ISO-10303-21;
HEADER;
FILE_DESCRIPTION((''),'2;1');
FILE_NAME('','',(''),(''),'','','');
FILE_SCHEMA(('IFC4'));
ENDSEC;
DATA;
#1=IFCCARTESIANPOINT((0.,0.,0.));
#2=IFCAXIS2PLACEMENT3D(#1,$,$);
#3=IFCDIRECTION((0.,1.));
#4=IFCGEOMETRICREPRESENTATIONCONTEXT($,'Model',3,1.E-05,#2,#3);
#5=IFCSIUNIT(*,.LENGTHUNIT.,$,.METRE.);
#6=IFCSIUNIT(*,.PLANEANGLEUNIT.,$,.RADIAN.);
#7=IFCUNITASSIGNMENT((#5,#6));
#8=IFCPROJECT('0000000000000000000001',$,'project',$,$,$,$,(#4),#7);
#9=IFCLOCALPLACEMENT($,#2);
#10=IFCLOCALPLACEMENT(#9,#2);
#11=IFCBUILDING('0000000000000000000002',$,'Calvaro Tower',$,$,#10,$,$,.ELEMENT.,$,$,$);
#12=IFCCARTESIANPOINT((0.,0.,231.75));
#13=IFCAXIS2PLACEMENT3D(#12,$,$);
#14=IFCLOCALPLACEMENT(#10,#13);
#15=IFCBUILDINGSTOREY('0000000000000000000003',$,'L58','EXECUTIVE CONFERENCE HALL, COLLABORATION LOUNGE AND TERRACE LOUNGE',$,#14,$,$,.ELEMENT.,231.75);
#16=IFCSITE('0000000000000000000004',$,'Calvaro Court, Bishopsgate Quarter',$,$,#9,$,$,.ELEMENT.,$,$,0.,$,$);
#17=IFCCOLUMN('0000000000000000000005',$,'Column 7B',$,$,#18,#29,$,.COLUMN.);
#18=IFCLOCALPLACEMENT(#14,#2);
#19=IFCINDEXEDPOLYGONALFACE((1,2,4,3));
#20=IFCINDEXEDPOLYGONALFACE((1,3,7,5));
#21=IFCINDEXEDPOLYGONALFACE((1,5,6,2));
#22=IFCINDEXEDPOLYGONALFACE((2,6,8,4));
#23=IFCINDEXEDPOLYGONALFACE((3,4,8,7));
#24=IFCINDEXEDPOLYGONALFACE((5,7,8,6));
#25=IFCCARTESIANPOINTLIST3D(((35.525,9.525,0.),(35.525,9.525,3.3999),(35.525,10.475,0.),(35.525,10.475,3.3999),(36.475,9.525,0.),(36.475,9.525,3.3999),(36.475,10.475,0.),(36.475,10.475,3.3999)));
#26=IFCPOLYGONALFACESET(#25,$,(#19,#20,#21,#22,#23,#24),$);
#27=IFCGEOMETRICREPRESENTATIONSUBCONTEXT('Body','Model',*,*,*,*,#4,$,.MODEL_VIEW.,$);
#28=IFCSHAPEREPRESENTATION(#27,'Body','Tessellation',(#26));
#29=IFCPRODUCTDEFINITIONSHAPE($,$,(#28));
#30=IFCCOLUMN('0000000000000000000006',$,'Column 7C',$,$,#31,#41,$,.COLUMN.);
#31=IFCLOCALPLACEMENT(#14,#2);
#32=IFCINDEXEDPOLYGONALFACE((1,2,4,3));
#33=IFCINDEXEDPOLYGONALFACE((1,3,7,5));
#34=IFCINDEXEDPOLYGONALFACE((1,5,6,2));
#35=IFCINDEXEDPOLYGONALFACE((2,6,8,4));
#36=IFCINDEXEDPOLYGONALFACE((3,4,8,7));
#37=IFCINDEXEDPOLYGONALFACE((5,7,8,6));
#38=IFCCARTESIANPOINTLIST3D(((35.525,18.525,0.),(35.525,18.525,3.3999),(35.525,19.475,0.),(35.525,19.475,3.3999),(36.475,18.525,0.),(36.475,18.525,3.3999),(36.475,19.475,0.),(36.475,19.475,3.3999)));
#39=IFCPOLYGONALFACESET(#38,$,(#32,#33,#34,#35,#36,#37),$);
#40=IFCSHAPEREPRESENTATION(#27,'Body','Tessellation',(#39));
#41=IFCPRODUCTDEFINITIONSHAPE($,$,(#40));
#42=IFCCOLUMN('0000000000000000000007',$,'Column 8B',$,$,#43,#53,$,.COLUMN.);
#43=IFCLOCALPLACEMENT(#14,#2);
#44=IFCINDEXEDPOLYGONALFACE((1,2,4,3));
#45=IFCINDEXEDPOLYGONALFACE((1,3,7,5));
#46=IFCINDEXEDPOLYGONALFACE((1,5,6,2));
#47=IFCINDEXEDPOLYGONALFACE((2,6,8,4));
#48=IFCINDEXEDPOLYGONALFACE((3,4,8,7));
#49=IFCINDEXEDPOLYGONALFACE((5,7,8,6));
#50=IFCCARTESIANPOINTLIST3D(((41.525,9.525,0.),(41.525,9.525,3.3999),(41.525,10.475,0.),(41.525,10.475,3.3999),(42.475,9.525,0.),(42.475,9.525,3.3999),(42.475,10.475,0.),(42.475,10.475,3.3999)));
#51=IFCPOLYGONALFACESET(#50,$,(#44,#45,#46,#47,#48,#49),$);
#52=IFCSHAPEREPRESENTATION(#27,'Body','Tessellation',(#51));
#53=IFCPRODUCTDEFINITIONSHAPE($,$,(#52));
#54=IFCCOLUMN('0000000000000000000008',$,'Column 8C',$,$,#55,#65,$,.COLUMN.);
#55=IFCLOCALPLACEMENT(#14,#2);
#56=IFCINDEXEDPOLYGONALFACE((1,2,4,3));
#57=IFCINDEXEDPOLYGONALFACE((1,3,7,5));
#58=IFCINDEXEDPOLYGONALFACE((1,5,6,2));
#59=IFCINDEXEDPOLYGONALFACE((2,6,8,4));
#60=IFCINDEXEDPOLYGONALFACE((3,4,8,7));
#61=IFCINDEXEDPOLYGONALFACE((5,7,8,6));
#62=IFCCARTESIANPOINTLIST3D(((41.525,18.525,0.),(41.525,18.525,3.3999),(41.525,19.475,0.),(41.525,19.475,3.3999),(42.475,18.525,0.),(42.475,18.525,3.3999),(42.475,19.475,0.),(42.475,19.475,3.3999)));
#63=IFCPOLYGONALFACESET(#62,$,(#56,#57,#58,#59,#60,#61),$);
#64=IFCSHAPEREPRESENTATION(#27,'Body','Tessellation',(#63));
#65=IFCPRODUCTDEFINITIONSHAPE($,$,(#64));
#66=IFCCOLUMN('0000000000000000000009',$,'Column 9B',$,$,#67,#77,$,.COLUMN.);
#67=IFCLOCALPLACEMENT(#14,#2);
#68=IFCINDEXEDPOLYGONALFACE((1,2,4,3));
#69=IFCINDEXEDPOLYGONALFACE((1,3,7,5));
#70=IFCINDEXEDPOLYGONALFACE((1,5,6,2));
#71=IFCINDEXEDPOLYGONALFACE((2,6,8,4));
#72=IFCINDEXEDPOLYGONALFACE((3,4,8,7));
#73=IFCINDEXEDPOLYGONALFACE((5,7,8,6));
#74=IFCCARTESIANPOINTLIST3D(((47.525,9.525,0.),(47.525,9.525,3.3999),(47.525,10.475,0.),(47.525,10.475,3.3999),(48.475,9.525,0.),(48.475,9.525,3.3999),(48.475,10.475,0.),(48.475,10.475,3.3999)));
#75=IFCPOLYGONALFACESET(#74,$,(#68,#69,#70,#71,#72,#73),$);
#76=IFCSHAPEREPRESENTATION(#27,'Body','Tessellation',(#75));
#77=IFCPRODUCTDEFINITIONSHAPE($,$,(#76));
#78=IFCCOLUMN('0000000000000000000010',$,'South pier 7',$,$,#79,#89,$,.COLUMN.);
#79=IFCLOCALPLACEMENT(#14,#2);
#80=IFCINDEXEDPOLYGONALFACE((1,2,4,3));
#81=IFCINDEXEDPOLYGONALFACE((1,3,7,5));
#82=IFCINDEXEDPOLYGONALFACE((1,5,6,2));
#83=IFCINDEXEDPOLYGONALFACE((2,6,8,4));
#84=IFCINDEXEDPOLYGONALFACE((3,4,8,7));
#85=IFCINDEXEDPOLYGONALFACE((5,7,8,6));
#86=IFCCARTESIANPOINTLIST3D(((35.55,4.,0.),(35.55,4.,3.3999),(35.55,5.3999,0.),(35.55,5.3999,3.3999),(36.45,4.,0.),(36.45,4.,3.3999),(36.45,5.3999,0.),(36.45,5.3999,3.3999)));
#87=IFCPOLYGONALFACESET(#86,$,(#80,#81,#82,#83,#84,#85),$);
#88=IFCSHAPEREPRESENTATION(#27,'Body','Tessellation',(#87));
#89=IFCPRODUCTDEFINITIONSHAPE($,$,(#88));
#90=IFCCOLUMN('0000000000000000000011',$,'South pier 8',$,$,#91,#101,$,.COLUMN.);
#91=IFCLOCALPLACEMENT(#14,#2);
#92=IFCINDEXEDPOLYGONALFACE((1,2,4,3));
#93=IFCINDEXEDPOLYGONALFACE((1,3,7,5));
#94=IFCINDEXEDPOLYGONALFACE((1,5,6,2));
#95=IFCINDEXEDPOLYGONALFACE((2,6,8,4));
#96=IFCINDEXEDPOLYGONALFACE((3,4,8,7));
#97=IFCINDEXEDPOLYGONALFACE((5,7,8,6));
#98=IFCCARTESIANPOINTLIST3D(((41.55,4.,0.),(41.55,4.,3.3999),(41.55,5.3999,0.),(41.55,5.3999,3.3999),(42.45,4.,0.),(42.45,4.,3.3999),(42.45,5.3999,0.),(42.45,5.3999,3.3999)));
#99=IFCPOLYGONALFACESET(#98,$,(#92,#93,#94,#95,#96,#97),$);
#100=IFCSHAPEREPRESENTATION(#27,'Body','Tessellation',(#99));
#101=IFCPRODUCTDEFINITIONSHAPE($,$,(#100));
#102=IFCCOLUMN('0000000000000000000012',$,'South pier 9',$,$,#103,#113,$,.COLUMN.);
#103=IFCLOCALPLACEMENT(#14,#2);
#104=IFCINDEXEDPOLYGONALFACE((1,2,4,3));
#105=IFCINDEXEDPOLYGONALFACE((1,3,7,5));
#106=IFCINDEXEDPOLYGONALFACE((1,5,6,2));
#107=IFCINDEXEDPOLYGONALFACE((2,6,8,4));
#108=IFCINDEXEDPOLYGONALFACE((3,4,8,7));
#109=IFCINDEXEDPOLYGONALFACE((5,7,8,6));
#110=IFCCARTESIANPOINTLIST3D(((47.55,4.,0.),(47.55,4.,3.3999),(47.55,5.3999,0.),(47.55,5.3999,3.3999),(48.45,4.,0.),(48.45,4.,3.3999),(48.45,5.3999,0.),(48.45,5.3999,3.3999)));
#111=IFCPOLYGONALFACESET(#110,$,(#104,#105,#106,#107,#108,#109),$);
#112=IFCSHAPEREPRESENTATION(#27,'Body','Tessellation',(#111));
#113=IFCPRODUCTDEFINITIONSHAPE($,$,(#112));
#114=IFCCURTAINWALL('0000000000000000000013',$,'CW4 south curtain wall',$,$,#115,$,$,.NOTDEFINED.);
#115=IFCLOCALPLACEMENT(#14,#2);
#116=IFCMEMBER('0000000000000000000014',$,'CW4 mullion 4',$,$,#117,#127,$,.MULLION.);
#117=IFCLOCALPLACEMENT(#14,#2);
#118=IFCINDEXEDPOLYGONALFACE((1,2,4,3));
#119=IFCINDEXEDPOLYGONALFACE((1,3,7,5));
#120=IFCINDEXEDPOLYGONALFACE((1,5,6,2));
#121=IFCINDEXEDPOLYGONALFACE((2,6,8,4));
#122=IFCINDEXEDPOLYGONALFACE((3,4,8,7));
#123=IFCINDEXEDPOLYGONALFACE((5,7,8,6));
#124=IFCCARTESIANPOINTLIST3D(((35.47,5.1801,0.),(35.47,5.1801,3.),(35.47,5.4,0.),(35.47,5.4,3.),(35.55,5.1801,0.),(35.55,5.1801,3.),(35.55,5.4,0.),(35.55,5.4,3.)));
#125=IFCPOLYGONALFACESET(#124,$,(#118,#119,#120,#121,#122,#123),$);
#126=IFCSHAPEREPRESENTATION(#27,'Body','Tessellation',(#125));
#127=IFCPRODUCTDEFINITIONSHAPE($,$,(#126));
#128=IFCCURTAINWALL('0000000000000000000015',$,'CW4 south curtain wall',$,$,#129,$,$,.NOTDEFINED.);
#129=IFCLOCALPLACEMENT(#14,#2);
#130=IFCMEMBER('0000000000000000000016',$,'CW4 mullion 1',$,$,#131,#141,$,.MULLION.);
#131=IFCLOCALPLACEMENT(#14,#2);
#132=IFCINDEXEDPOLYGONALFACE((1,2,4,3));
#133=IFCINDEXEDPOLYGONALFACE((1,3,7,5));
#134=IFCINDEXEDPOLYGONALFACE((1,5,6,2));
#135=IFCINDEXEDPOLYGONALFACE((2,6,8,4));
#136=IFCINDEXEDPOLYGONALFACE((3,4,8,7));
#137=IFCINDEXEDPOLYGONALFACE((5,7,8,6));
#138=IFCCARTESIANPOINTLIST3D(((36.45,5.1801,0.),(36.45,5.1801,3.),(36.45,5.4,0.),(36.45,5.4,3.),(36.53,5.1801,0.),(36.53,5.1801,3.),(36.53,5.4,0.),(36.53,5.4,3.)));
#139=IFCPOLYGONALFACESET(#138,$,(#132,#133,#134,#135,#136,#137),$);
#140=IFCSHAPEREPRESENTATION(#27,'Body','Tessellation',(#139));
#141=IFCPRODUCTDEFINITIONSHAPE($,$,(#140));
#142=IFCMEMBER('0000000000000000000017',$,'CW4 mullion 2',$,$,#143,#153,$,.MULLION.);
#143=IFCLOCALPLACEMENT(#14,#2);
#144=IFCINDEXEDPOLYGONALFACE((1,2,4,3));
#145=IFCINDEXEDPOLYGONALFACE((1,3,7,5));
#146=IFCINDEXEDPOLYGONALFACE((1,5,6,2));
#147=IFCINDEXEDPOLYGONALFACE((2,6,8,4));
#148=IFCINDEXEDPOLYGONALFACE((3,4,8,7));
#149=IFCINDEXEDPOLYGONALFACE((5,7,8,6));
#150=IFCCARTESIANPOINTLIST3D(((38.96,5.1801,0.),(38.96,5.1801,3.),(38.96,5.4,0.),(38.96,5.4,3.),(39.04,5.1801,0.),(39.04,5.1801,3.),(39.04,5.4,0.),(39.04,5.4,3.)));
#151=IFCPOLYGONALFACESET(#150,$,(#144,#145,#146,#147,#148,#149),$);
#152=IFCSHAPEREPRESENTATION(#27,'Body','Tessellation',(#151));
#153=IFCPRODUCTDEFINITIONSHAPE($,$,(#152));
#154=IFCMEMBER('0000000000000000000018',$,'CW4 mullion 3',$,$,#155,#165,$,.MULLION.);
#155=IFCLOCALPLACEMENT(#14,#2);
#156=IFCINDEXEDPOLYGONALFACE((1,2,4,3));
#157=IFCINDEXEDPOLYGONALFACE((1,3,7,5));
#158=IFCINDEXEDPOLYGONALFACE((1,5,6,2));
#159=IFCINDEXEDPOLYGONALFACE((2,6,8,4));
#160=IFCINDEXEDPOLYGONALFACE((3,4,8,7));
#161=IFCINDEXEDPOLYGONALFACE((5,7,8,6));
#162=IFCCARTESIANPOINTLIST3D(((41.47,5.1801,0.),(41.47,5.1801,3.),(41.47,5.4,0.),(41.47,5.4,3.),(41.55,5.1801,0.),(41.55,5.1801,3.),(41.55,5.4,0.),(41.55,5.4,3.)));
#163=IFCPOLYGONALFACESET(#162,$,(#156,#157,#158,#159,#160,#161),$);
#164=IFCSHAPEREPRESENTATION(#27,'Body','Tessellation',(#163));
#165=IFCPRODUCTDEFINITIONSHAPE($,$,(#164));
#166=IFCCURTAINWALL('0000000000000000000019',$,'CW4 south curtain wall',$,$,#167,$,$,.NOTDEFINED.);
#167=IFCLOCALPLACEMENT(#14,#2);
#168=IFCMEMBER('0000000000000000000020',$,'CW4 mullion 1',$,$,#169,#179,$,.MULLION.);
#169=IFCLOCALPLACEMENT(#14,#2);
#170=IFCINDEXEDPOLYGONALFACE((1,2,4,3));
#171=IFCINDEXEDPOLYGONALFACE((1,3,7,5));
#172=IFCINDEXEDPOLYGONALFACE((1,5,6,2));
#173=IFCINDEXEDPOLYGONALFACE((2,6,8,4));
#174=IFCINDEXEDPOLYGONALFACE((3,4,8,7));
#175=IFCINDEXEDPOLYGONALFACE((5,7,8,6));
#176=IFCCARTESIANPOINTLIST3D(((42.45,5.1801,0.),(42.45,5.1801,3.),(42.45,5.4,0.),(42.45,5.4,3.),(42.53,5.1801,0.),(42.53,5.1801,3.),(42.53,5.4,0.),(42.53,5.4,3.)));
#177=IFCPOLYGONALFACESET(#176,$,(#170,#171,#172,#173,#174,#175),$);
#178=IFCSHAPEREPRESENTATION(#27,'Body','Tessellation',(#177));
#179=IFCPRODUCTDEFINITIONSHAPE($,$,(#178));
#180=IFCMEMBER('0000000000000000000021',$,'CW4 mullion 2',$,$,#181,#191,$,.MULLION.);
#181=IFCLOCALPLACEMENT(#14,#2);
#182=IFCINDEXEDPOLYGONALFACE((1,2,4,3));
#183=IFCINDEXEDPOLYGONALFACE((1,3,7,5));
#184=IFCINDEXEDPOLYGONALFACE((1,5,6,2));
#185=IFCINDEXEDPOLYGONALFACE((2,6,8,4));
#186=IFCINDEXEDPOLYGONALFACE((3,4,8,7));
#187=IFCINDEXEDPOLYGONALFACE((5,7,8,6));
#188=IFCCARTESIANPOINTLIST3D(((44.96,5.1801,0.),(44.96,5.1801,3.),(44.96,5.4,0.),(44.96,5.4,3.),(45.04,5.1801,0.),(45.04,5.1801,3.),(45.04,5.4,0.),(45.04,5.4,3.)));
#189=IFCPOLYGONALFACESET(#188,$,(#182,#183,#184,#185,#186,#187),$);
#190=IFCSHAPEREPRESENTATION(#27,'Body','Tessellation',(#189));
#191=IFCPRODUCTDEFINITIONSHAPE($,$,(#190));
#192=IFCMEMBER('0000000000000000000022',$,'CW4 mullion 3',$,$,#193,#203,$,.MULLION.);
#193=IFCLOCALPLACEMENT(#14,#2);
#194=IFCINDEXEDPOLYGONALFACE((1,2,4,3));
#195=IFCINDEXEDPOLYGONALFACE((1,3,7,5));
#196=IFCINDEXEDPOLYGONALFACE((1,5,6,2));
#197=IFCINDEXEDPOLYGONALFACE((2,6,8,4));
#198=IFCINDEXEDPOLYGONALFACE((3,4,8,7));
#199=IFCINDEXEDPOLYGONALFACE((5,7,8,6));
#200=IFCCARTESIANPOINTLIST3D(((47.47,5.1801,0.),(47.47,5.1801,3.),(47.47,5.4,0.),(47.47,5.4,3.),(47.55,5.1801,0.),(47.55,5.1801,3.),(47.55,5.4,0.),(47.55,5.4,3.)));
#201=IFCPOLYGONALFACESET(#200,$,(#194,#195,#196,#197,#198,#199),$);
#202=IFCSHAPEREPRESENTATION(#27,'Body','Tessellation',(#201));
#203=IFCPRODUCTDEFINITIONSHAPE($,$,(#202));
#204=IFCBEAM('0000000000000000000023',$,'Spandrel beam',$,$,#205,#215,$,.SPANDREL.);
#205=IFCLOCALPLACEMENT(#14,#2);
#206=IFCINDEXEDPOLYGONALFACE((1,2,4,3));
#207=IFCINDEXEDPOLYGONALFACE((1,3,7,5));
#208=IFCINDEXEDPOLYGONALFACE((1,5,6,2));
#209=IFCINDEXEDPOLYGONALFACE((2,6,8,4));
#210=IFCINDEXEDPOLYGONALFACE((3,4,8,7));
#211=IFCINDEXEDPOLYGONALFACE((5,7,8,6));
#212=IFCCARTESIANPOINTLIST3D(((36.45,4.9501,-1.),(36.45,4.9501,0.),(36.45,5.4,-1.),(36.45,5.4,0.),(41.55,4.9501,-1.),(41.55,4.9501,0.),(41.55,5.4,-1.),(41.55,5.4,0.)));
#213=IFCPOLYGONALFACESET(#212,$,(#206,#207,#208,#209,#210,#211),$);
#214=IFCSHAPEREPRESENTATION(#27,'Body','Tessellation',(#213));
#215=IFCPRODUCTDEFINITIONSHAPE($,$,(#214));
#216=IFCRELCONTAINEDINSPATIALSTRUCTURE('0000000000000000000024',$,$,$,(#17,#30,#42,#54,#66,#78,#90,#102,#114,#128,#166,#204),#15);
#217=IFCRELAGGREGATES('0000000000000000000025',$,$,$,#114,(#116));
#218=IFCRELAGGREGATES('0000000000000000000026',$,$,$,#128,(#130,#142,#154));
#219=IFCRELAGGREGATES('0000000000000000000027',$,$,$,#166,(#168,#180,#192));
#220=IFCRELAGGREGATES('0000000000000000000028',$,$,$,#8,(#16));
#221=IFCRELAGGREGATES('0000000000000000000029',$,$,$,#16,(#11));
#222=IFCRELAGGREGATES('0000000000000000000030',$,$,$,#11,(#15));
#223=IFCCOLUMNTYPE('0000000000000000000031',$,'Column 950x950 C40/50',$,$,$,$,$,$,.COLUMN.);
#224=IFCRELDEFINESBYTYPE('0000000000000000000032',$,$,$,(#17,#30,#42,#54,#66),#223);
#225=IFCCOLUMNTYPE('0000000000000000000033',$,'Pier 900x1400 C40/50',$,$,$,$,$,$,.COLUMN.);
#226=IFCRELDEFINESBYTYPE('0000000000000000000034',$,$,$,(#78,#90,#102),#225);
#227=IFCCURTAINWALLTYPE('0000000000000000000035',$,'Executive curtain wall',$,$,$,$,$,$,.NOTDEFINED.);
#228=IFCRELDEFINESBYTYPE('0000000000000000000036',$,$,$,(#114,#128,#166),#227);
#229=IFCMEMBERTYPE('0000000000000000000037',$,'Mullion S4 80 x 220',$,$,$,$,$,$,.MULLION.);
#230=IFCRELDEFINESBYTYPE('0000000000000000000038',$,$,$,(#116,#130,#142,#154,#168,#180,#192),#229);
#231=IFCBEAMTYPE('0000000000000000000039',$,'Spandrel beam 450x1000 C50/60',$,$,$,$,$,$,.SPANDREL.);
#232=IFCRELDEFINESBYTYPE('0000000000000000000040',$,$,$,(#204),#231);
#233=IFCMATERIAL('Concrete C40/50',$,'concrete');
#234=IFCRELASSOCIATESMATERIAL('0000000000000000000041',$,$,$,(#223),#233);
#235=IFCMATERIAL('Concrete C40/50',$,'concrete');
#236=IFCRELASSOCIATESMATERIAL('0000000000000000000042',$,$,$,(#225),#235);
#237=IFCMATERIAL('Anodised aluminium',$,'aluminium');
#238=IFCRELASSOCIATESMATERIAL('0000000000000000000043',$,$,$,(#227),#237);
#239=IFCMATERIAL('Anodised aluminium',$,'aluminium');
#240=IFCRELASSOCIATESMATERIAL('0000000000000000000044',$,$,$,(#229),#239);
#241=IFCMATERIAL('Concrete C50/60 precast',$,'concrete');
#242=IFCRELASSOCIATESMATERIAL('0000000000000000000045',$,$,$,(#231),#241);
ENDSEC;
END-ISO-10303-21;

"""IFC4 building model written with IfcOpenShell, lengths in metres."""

from ifc_helpers import new_model, si_unit, direction, frame, origin, origin_2d, place, context, subcontext, project, spatial, rectangle, extrude, material, material_profile, profile_set, type_object, element, aggregate, save


model = new_model("IFC4")

# Units and contexts
model_context = context("Model", 3, precision=1e-05, world=origin(), true_north=direction((0.0, 1.0)))
body_context = subcontext(model_context, "Body", "Model", "MODEL_VIEW")
ifc_project = project(units=[si_unit("LENGTHUNIT", "METRE"), si_unit("PLANEANGLEUNIT", "RADIAN")], contexts=[model_context])

# Site, building, storey
site_placement = place(None, origin())
site = spatial("IfcSite", under=ifc_project, at=site_placement, Name="Calvaro Court, Bishopsgate Quarter", CompositionType="ELEMENT", RefElevation=0.0)
building_placement = place(site_placement, origin())
building = spatial("IfcBuilding", under=site, at=building_placement, Name="Calvaro Tower", CompositionType="ELEMENT")
storey_placement = place(building_placement, frame((0.0, 0.0, 231.75)))
storey = spatial("IfcBuildingStorey", under=building, at=storey_placement, Name="L58", Description="EXECUTIVE CONFERENCE HALL, COLLABORATION LOUNGE AND TERRACE LOUNGE", CompositionType="ELEMENT", Elevation=231.75)

# Columns
ifc_material_1 = material(Name="Concrete C40/50", Category="concrete")
ifc_material_profile_1 = material_profile(ifc_material_1, rectangle(XDim=0.95, YDim=0.95, at=origin_2d()), Name="RC 950x950")
ifc_profile_set_1 = profile_set([ifc_material_profile_1], Name="Concrete C40/50")
column_type_1 = type_object("IfcColumnType", Name="Column 950x950 C40/50", PredefinedType="COLUMN", material=ifc_profile_set_1)
for number, where, z_axis, x_axis, name in (
    (1, (36.0, 10.0, 0.0), (0.0, 0.0, 1.0), (1.0, 0.0, 0.0), "Column 7B"),
    (2, (36.0, 19.0, 0.0), (0.0, 0.0, 1.0), (1.0, 0.0, 0.0), "Column 7C"),
    (3, (42.0, 10.0, 0.0), (0.0, 0.0, 1.0), (1.0, 0.0, 0.0), "Column 8B"),
    (4, (42.0, 19.0, 0.0), (0.0, 0.0, 1.0), (1.0, 0.0, 0.0), "Column 8C"),
    (5, (48.0, 10.0, 0.0), (0.0, 0.0, 1.0), (1.0, 0.0, 0.0), "Column 9B"),
):
    element("IfcColumn", number, at=place(storey_placement, frame(where, z_axis=z_axis, x_axis=x_axis)), inside=storey, type_object=column_type_1, Name=name, PredefinedType="COLUMN", context=body_context, shape_type="SweptSolid", body=[
        extrude(rectangle(XDim=0.95, YDim=0.95, at=origin_2d()), origin(), (0.0, 0.0, 1.0), 3.3999),
    ])
ifc_material_2 = material(Name="Concrete C40/50", Category="concrete")
ifc_material_profile_2 = material_profile(ifc_material_2, rectangle(XDim=0.8999, YDim=1.3999, at=origin_2d()), Name="RC 900x1400")
ifc_profile_set_2 = profile_set([ifc_material_profile_2], Name="Concrete C40/50")
column_type_2 = type_object("IfcColumnType", Name="Pier 900x1400 C40/50", PredefinedType="COLUMN", material=ifc_profile_set_2)
for number, where, z_axis, x_axis, name in (
    (6, (36.0, 4.7, 0.0), (0.0, 0.0, 1.0), (1.0, 0.0, 0.0), "South pier 7"),
    (7, (42.0, 4.7, 0.0), (0.0, 0.0, 1.0), (1.0, 0.0, 0.0), "South pier 8"),
    (8, (48.0, 4.7, 0.0), (0.0, 0.0, 1.0), (1.0, 0.0, 0.0), "South pier 9"),
):
    element("IfcColumn", number, at=place(storey_placement, frame(where, z_axis=z_axis, x_axis=x_axis)), inside=storey, type_object=column_type_2, Name=name, PredefinedType="COLUMN", context=body_context, shape_type="SweptSolid", body=[
        extrude(rectangle(XDim=0.8999, YDim=1.3999, at=origin_2d()), origin(), (0.0, 0.0, 1.0), 3.3999),
    ])

# Curtain wall, member
ifc_material_3 = material(Name="Anodised aluminium", Category="aluminium")
curtain_wall_type = type_object("IfcCurtainWallType", Name="Executive curtain wall", PredefinedType="NOTDEFINED", material=ifc_material_3)
curtain_wall_1_placement = place(storey_placement, origin())
curtain_wall_1 = element("IfcCurtainWall", 9, at=curtain_wall_1_placement, inside=storey, type_object=curtain_wall_type, Name="CW4 south curtain wall", PredefinedType="NOTDEFINED")
ifc_material_4 = material(Name="Anodised aluminium", Category="aluminium")
ifc_material_profile_3 = material_profile(ifc_material_4, rectangle(XDim=0.22, YDim=0.0801, at=origin_2d()), Name="Mullion S4 80 x 220")
ifc_profile_set_3 = profile_set([ifc_material_profile_3], Name="Anodised aluminium")
member_type_1 = type_object("IfcMemberType", Name="Mullion S4 80 x 220", PredefinedType="MULLION", material=ifc_profile_set_3)
member_1_placement = place(storey_placement, frame((35.51, 5.29, 0.0), z_axis=(0.0, 0.0, 1.0), x_axis=(0.0, 1.0, 0.0)))
member_1 = element("IfcMember", 10, at=member_1_placement, type_object=member_type_1, Name="CW4 mullion 4", PredefinedType="MULLION", context=body_context, shape_type="SweptSolid", body=[
    extrude(rectangle(XDim=0.22, YDim=0.0801, at=origin_2d()), origin(), (0.0, 0.0, 1.0), 3.0),
])

# Curtain walls, members
curtain_wall_2_placement = place(storey_placement, origin())
curtain_wall_2 = element("IfcCurtainWall", 11, at=curtain_wall_2_placement, inside=storey, type_object=curtain_wall_type, Name="CW4 south curtain wall", PredefinedType="NOTDEFINED")
member_2_placement = place(storey_placement, frame((36.49, 5.29, 0.0), z_axis=(0.0, 0.0, 1.0), x_axis=(0.0, 1.0, 0.0)))
member_2 = element("IfcMember", 12, at=member_2_placement, type_object=member_type_1, Name="CW4 mullion 1", PredefinedType="MULLION", context=body_context, shape_type="SweptSolid", body=[
    extrude(rectangle(XDim=0.22, YDim=0.0801, at=origin_2d()), origin(), (0.0, 0.0, 1.0), 3.0),
])
member_3_placement = place(storey_placement, frame((39.0, 5.29, 0.0), z_axis=(0.0, 0.0, 1.0), x_axis=(0.0, 1.0, 0.0)))
member_3 = element("IfcMember", 13, at=member_3_placement, type_object=member_type_1, Name="CW4 mullion 2", PredefinedType="MULLION", context=body_context, shape_type="SweptSolid", body=[
    extrude(rectangle(XDim=0.22, YDim=0.0801, at=origin_2d()), origin(), (0.0, 0.0, 1.0), 3.0),
])
member_4_placement = place(storey_placement, frame((41.51, 5.29, 0.0), z_axis=(0.0, 0.0, 1.0), x_axis=(0.0, 1.0, 0.0)))
member_4 = element("IfcMember", 14, at=member_4_placement, type_object=member_type_1, Name="CW4 mullion 3", PredefinedType="MULLION", context=body_context, shape_type="SweptSolid", body=[
    extrude(rectangle(XDim=0.22, YDim=0.0801, at=origin_2d()), origin(), (0.0, 0.0, 1.0), 3.0),
])
curtain_wall_3_placement = place(storey_placement, origin())
curtain_wall_3 = element("IfcCurtainWall", 15, at=curtain_wall_3_placement, inside=storey, type_object=curtain_wall_type, Name="CW4 south curtain wall", PredefinedType="NOTDEFINED")
member_5_placement = place(storey_placement, frame((42.49, 5.29, 0.0), z_axis=(0.0, 0.0, 1.0), x_axis=(0.0, 1.0, 0.0)))
member_5 = element("IfcMember", 16, at=member_5_placement, type_object=member_type_1, Name="CW4 mullion 1", PredefinedType="MULLION", context=body_context, shape_type="SweptSolid", body=[
    extrude(rectangle(XDim=0.22, YDim=0.0801, at=origin_2d()), origin(), (0.0, 0.0, 1.0), 3.0),
])
member_6_placement = place(storey_placement, frame((45.0, 5.29, 0.0), z_axis=(0.0, 0.0, 1.0), x_axis=(0.0, 1.0, 0.0)))
member_6 = element("IfcMember", 17, at=member_6_placement, type_object=member_type_1, Name="CW4 mullion 2", PredefinedType="MULLION", context=body_context, shape_type="SweptSolid", body=[
    extrude(rectangle(XDim=0.22, YDim=0.0801, at=origin_2d()), origin(), (0.0, 0.0, 1.0), 3.0),
])
member_7_placement = place(storey_placement, frame((47.51, 5.29, 0.0), z_axis=(0.0, 0.0, 1.0), x_axis=(0.0, 1.0, 0.0)))
member_7 = element("IfcMember", 18, at=member_7_placement, type_object=member_type_1, Name="CW4 mullion 3", PredefinedType="MULLION", context=body_context, shape_type="SweptSolid", body=[
    extrude(rectangle(XDim=0.22, YDim=0.0801, at=origin_2d()), origin(), (0.0, 0.0, 1.0), 3.0),
])

# Beam
ifc_material_5 = material(Name="Concrete C50/60 precast", Category="concrete")
ifc_material_profile_4 = material_profile(ifc_material_5, rectangle(XDim=0.45, YDim=1.0, at=origin_2d()), Name="RC 450x1000")
ifc_profile_set_4 = profile_set([ifc_material_profile_4], Name="Concrete C50/60 precast")
beam_type = type_object("IfcBeamType", Name="Spandrel beam 450x1000 C50/60", PredefinedType="SPANDREL", material=ifc_profile_set_4)
for number, where, z_axis, x_axis, name in (
    (19, (36.45, 5.175, -0.5), (1.0, 0.0, 0.0), (0.0, 1.0, 0.0), "Spandrel beam"),
):
    element("IfcBeam", number, at=place(storey_placement, frame(where, z_axis=z_axis, x_axis=x_axis)), inside=storey, type_object=beam_type, Name=name, PredefinedType="SPANDREL", context=body_context, shape_type="SweptSolid", body=[
        extrude(rectangle(XDim=0.45, YDim=1.0, at=origin_2d()), origin(), (0.0, 0.0, 1.0), 5.1001),
    ])

aggregate(curtain_wall_1, [member_1])
aggregate(curtain_wall_2, [member_2, member_3, member_4])
aggregate(curtain_wall_3, [member_5, member_6, member_7])

save(model, "model.ifc")
